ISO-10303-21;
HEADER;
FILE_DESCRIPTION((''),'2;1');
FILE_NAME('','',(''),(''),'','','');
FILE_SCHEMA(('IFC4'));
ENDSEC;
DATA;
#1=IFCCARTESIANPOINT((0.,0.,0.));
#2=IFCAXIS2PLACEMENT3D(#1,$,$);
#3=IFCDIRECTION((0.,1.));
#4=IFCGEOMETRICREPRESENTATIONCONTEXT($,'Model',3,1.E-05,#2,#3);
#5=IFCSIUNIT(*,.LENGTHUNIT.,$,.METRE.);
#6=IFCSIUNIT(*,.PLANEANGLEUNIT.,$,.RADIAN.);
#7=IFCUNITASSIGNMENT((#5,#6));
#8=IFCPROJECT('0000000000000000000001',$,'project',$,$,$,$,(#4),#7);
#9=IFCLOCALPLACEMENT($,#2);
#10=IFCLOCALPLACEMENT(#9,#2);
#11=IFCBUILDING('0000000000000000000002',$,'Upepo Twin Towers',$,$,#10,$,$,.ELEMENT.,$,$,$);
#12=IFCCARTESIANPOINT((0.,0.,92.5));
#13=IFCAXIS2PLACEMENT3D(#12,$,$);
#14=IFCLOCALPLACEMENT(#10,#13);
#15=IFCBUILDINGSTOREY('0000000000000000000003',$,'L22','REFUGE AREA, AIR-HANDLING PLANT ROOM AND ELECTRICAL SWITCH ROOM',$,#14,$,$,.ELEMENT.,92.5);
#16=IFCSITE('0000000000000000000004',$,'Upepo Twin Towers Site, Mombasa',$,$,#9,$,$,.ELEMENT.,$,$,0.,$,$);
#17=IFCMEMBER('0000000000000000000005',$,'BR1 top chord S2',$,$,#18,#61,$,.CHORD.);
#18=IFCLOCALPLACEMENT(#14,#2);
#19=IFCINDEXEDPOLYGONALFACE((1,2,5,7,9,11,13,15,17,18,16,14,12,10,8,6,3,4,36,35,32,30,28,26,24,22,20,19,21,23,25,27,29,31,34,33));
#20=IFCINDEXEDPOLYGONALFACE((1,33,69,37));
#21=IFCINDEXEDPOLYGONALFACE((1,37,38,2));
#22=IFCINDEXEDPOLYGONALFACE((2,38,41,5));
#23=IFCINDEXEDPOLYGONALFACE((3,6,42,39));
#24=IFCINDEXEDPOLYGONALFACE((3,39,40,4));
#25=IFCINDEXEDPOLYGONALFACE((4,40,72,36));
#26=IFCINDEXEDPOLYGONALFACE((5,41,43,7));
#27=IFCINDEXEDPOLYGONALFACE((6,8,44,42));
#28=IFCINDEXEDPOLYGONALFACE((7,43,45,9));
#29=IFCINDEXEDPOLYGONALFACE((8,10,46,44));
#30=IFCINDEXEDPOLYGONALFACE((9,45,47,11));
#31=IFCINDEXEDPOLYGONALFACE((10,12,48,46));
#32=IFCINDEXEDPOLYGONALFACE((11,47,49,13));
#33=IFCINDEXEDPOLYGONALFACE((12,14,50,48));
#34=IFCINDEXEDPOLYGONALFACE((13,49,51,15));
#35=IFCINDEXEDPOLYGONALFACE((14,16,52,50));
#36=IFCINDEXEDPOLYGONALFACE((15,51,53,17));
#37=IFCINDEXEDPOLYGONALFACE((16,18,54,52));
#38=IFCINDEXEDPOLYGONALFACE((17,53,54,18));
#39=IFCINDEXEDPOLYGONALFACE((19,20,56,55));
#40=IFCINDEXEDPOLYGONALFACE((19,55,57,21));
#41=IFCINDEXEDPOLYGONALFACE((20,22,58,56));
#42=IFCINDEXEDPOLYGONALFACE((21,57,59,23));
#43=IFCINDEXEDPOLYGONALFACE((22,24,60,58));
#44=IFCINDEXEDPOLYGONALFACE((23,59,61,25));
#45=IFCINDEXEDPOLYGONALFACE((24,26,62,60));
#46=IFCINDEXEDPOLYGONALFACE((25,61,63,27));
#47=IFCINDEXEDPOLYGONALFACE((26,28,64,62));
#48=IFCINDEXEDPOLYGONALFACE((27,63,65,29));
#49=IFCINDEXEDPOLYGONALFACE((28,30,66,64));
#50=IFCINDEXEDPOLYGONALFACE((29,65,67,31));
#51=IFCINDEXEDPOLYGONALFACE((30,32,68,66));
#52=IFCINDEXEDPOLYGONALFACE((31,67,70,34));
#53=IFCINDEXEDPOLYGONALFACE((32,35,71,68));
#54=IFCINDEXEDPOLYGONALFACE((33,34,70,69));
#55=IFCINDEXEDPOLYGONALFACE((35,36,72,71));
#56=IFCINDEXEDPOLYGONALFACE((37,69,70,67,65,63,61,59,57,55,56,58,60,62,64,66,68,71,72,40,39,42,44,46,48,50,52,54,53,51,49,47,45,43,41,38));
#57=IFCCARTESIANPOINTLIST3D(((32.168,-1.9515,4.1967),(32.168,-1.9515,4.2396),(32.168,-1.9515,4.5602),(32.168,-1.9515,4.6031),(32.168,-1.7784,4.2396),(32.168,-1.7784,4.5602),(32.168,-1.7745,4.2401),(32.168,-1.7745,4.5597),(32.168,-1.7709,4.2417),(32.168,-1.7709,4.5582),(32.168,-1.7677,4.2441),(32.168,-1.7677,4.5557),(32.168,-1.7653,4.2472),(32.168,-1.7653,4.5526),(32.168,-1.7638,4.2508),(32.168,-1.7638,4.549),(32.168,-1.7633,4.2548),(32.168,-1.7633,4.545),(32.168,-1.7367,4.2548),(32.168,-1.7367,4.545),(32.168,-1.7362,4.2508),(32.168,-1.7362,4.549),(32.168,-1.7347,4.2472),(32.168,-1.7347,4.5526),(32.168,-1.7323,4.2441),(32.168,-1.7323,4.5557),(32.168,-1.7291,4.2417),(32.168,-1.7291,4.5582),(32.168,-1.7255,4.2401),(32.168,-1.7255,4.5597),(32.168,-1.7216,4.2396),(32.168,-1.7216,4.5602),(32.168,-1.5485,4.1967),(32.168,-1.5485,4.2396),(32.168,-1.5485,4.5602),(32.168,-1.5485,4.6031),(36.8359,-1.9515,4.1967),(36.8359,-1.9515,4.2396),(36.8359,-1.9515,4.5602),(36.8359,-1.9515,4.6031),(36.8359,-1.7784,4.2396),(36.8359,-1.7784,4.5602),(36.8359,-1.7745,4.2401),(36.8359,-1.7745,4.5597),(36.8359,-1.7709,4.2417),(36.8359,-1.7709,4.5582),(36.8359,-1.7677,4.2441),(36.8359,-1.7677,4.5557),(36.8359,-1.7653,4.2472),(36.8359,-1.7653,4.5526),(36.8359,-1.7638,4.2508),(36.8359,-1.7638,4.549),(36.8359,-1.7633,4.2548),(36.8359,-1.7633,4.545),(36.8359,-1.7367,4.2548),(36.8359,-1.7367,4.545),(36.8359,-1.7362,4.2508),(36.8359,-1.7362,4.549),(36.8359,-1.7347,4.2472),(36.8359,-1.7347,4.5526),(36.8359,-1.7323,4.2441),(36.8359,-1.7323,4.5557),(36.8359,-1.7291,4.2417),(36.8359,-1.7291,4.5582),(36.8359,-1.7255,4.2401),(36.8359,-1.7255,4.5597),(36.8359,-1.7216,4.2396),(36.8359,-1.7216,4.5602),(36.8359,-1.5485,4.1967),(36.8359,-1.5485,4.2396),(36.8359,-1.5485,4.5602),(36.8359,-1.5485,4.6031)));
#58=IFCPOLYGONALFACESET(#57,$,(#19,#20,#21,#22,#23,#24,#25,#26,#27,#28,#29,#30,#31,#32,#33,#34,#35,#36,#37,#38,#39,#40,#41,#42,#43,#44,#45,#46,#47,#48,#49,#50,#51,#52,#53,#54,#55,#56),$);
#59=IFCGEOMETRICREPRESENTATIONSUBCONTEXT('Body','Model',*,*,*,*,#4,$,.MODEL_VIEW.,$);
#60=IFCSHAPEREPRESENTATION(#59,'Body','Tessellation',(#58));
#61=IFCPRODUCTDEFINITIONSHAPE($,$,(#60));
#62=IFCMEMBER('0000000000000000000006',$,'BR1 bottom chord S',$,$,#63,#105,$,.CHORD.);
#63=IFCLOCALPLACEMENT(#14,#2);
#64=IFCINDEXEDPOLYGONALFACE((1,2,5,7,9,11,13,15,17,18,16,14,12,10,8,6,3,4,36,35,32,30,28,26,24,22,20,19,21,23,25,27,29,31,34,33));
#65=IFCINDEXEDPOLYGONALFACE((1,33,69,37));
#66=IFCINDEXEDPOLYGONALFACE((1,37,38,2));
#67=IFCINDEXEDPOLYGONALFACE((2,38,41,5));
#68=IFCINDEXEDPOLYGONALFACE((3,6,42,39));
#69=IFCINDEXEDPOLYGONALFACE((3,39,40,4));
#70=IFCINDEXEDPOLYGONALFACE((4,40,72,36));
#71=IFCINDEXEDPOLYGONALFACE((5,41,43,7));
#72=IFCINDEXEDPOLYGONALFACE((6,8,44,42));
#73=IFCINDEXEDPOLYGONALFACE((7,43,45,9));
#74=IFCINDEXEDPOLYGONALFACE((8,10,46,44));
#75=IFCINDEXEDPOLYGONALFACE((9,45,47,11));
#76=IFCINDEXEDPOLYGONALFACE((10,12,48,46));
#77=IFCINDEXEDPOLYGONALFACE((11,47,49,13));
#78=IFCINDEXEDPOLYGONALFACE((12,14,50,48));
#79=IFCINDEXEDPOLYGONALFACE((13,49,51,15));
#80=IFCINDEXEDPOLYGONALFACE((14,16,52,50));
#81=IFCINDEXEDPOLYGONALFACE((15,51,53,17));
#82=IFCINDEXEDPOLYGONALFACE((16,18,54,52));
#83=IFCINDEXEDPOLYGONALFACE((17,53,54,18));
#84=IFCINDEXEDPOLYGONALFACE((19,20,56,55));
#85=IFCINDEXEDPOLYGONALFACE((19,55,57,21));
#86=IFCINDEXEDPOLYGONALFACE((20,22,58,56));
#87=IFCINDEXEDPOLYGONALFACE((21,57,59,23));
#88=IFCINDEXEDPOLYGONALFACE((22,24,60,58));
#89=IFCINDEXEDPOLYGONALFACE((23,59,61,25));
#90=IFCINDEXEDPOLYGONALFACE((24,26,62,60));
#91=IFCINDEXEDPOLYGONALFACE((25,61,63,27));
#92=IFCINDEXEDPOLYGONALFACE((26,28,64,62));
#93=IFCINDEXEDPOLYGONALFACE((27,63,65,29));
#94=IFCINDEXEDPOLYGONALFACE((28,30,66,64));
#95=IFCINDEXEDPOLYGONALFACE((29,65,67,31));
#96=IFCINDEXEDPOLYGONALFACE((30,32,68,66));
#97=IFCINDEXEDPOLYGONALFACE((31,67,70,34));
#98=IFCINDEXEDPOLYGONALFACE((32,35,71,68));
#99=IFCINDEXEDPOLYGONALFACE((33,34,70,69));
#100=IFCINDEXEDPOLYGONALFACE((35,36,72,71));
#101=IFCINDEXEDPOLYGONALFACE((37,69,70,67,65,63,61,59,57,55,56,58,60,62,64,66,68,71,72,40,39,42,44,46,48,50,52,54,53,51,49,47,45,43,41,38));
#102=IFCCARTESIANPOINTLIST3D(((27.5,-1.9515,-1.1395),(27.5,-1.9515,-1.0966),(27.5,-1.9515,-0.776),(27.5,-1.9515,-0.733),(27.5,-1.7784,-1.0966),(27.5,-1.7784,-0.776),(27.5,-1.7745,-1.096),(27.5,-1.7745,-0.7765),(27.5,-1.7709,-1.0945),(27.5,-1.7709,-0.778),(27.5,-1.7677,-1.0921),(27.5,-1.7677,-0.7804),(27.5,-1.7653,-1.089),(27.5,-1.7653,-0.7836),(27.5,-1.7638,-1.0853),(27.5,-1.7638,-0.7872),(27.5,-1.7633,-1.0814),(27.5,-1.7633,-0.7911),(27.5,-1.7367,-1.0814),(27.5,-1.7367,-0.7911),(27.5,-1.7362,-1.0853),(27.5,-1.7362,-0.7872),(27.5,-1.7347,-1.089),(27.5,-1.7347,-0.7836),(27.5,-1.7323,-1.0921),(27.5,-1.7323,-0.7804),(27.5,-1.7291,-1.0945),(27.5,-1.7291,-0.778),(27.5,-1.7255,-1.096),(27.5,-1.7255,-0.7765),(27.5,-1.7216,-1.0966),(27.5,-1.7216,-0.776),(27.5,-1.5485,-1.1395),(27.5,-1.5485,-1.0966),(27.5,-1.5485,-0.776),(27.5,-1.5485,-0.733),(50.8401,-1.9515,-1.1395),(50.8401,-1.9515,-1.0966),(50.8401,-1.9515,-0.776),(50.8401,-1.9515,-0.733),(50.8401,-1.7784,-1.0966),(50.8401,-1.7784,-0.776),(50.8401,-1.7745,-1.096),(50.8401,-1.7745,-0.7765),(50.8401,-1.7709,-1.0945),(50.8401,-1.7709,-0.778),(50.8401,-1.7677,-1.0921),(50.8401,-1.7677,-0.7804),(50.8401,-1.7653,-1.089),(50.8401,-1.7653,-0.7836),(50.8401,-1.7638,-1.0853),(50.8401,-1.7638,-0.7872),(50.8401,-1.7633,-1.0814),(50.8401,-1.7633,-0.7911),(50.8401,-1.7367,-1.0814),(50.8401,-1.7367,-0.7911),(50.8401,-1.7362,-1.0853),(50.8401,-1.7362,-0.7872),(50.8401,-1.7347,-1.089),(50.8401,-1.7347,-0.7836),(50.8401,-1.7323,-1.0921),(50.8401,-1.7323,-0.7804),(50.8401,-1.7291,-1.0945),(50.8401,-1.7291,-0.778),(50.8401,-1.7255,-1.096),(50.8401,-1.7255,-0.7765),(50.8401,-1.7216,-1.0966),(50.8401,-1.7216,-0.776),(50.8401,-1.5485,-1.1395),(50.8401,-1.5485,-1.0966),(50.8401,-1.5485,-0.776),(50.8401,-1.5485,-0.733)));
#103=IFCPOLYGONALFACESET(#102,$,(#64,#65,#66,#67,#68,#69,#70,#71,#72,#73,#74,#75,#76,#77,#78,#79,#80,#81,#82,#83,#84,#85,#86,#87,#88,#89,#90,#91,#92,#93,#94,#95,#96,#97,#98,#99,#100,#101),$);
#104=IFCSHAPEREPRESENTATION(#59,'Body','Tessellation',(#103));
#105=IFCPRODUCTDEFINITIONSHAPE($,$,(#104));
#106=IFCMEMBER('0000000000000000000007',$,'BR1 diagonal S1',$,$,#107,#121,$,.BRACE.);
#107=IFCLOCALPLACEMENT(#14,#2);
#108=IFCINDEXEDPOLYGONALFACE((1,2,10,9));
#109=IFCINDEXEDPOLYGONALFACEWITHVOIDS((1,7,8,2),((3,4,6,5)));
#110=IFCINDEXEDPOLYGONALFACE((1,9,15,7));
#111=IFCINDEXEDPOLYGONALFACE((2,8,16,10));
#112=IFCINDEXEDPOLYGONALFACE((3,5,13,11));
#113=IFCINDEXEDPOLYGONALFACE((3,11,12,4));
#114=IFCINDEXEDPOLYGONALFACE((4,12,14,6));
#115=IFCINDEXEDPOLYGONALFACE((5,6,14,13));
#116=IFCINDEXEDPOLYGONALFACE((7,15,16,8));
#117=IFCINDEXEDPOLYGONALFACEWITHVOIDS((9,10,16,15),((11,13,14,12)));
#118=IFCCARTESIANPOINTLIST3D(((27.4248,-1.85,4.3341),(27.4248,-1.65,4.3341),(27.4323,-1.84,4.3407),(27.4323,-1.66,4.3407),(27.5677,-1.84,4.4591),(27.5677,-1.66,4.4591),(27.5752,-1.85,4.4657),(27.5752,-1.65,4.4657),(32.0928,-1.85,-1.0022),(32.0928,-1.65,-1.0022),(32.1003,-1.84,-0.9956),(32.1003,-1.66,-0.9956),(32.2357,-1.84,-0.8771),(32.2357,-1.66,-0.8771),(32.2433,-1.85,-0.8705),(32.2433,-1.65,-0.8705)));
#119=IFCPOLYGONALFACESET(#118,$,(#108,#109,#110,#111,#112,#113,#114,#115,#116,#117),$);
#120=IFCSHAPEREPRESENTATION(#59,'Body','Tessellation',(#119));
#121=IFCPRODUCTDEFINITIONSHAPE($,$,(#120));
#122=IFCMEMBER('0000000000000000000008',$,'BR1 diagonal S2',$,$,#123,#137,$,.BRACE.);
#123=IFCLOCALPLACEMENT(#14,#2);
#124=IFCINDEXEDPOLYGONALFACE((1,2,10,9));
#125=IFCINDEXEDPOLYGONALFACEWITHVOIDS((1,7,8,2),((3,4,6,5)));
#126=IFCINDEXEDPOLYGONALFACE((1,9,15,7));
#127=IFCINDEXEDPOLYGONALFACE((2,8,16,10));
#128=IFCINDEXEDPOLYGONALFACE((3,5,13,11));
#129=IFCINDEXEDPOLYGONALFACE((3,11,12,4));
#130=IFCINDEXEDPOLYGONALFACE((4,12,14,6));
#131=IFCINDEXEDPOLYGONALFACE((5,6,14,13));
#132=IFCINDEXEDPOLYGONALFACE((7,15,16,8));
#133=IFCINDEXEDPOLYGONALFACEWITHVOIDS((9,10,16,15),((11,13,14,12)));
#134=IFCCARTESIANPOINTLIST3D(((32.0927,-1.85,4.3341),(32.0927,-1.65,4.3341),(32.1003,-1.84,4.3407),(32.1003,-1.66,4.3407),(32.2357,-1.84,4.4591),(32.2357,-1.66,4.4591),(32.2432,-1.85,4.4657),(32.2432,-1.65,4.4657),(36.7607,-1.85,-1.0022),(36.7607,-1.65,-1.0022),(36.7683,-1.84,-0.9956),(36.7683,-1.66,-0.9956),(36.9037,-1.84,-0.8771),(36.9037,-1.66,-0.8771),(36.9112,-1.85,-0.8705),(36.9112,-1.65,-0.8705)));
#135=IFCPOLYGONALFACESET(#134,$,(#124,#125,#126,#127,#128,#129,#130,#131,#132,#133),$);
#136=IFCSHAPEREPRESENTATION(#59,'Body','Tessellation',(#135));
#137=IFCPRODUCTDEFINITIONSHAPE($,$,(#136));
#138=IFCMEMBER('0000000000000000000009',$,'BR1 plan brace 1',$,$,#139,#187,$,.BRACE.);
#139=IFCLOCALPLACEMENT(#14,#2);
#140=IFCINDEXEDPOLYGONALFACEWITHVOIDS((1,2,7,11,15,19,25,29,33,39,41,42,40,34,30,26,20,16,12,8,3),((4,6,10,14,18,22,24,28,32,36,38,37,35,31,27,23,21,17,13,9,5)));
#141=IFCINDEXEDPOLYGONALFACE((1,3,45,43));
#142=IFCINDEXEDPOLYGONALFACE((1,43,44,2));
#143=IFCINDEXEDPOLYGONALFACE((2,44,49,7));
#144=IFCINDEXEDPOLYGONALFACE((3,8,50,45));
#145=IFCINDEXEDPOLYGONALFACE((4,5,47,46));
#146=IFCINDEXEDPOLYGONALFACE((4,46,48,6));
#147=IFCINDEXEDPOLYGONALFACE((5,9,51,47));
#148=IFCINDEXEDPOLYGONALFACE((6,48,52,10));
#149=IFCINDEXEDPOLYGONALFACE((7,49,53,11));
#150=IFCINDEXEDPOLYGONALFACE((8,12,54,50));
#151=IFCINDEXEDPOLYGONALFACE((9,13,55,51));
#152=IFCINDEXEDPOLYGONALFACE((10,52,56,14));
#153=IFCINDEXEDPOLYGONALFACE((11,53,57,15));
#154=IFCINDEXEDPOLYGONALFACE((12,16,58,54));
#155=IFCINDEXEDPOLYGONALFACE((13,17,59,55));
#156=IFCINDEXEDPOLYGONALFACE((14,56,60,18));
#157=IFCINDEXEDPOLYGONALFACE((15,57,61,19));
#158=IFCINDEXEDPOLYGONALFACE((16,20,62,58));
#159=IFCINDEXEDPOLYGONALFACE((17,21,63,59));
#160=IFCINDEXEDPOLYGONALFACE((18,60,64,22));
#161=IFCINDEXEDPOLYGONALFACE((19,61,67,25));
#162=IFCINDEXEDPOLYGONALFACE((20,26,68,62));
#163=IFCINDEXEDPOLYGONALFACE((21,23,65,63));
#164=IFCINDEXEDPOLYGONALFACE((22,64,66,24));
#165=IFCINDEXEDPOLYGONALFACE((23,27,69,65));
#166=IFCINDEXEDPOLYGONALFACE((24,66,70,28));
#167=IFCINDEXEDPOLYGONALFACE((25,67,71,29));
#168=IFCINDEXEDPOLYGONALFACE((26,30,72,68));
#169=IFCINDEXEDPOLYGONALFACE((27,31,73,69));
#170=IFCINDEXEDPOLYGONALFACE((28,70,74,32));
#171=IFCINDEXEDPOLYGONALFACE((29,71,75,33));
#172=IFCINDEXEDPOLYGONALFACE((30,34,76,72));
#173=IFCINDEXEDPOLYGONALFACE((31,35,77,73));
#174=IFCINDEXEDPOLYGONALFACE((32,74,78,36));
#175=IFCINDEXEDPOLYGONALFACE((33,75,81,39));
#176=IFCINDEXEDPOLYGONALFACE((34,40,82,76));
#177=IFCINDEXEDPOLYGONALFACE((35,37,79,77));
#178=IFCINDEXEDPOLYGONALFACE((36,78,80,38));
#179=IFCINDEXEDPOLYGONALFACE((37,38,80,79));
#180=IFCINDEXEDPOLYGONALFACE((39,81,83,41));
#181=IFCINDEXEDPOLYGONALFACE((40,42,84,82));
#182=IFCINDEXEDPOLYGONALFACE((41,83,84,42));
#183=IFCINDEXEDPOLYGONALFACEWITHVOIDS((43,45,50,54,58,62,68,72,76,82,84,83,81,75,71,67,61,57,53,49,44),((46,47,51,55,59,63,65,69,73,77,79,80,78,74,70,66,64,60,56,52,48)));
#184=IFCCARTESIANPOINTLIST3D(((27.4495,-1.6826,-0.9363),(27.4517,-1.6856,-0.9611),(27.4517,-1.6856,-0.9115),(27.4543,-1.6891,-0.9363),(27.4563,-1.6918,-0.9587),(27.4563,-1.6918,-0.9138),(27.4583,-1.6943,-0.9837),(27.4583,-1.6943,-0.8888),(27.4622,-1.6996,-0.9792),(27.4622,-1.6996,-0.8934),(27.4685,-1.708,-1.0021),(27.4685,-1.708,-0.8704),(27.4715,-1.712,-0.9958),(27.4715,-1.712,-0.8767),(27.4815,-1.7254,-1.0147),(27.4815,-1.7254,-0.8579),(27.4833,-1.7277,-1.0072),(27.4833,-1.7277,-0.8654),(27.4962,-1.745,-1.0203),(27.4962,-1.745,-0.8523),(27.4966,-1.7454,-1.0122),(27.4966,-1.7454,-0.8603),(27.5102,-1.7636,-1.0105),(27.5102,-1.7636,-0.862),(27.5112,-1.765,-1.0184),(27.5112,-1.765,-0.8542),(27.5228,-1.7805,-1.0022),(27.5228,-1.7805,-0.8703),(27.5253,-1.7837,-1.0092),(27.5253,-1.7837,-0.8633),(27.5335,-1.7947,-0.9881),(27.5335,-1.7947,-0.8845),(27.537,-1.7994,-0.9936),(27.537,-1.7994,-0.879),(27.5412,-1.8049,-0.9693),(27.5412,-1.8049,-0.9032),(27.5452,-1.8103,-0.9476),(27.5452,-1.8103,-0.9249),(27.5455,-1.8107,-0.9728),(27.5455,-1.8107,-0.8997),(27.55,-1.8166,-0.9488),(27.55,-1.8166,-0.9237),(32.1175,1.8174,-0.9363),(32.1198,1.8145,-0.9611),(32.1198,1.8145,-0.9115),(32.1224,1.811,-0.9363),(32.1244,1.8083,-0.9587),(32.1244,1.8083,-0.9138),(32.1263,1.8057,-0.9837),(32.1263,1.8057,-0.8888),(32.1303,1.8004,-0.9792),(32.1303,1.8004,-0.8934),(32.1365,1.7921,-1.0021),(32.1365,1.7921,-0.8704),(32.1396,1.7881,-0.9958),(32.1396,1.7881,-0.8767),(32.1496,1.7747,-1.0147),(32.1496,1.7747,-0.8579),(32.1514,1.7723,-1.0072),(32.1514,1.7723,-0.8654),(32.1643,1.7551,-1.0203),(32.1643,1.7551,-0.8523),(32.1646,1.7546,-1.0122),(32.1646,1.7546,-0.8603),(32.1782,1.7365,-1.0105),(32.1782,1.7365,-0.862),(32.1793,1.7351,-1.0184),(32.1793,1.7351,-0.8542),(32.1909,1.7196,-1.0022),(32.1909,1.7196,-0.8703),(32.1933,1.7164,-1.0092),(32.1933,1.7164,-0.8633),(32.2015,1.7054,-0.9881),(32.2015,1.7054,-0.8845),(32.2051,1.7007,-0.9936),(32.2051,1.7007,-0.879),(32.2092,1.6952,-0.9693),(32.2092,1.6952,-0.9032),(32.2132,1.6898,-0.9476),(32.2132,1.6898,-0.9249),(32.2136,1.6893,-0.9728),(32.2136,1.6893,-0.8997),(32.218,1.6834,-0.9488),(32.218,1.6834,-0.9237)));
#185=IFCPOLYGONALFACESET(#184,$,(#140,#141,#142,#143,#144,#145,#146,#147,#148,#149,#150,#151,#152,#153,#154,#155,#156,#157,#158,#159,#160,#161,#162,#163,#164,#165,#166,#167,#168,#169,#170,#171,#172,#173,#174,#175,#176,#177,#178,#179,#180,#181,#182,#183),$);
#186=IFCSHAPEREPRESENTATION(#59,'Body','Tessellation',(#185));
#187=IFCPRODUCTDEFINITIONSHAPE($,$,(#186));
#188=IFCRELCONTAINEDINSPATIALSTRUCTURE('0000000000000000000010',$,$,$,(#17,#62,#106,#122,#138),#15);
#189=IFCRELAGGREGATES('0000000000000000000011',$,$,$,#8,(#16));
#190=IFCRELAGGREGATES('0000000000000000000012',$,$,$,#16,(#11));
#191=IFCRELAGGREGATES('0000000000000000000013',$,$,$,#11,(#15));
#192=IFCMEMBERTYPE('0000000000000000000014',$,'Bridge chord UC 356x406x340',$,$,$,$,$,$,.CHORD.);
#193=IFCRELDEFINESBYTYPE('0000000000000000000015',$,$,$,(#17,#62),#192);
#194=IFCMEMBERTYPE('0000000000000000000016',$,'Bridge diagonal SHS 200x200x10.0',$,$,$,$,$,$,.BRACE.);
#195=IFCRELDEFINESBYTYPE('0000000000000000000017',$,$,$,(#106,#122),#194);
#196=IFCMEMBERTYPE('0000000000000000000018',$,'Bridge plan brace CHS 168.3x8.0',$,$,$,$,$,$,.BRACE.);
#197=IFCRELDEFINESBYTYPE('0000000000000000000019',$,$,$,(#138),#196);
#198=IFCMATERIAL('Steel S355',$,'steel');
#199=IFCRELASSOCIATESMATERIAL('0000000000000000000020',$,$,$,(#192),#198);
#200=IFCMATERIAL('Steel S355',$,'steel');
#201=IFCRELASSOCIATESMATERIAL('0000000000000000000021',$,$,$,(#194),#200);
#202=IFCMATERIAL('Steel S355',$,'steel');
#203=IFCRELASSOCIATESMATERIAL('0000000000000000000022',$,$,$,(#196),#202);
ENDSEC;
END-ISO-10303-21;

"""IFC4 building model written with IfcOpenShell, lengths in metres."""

from ifc_helpers import new_model, si_unit, direction, frame, origin, origin_2d, place, context, subcontext, project, spatial, hollow_rectangle, hollow_circle, i_section, extrude, material, material_profile, profile_set, type_object, element, save


model = new_model("IFC4")

# Units and contexts
model_context = context("Model", 3, precision=1e-05, world=origin(), true_north=direction((0.0, 1.0)))
body_context = subcontext(model_context, "Body", "Model", "MODEL_VIEW")
ifc_project = project(units=[si_unit("LENGTHUNIT", "METRE"), si_unit("PLANEANGLEUNIT", "RADIAN")], contexts=[model_context])

# Site, building, storey
site_placement = place(None, origin())
site = spatial("IfcSite", under=ifc_project, at=site_placement, Name="Upepo Twin Towers Site, Mombasa", CompositionType="ELEMENT", RefElevation=0.0)
building_placement = place(site_placement, origin())
building = spatial("IfcBuilding", under=site, at=building_placement, Name="Upepo Twin Towers", CompositionType="ELEMENT")
storey_placement = place(building_placement, frame((0.0, 0.0, 92.5)))
storey = spatial("IfcBuildingStorey", under=building, at=storey_placement, Name="L22", Description="REFUGE AREA, AIR-HANDLING PLANT ROOM AND ELECTRICAL SWITCH ROOM", CompositionType="ELEMENT", Elevation=92.5)

# Members
ifc_material_1 = material(Name="Steel S355", Category="steel")
ifc_material_profile_1 = material_profile(ifc_material_1, i_section(OverallWidth=0.4031, OverallDepth=0.4065, WebThickness=0.0266, FlangeThickness=0.043, FilletRadius=0.0151, at=origin_2d()), Name="UC 356x406x340")
ifc_profile_set_1 = profile_set([ifc_material_profile_1], Name="Steel S355")
member_type_1 = type_object("IfcMemberType", Name="Bridge chord UC 356x406x340", PredefinedType="CHORD", material=ifc_profile_set_1)
for number, where, z_axis, x_axis, name in (
    (1, (32.168, -1.75, 4.3999), (1.0, 0.0, 0.0), (0.0, 1.0, 0.0), "BR1 top chord S2"),
):
    element("IfcMember", number, at=place(storey_placement, frame(where, z_axis=z_axis, x_axis=x_axis)), inside=storey, type_object=member_type_1, Name=name, PredefinedType="CHORD", context=body_context, shape_type="SweptSolid", body=[
        extrude(i_section(OverallWidth=0.4031, OverallDepth=0.4065, WebThickness=0.0266, FlangeThickness=0.043, FilletRadius=0.0151, at=origin_2d()), origin(), (0.0, 0.0, 1.0), 4.668),
    ])
member_1_placement = place(storey_placement, frame((27.5, -1.75, -0.9363), z_axis=(1.0, 0.0, 0.0), x_axis=(0.0, 1.0, 0.0)))
element("IfcMember", 2, at=member_1_placement, inside=storey, type_object=member_type_1, Name="BR1 bottom chord S", PredefinedType="CHORD", context=body_context, shape_type="SweptSolid", body=[
    extrude(i_section(OverallWidth=0.4031, OverallDepth=0.4065, WebThickness=0.0266, FlangeThickness=0.043, FilletRadius=0.0151, at=origin_2d()), origin(), (0.0, 0.0, 1.0), 23.3401),
])
ifc_material_2 = material(Name="Steel S355", Category="steel")
ifc_material_profile_2 = material_profile(ifc_material_2, hollow_rectangle(XDim=0.2, YDim=0.2, WallThickness=0.01, at=origin_2d()), Name="SHS 200x200x10.0")
ifc_profile_set_2 = profile_set([ifc_material_profile_2], Name="Steel S355")
member_type_2 = type_object("IfcMemberType", Name="Bridge diagonal SHS 200x200x10.0", PredefinedType="BRACE", material=ifc_profile_set_2)
for number, where, z_axis, x_axis, name in (
    (3, (27.5, -1.75, 4.3999), (0.65841, 0.0, -0.75266), (0.0, 1.0, 0.0), "BR1 diagonal S1"),
    (4, (32.168, -1.75, 4.3999), (0.65841, 0.0, -0.75266), (0.0, 1.0, 0.0), "BR1 diagonal S2"),
):
    element("IfcMember", number, at=place(storey_placement, frame(where, z_axis=z_axis, x_axis=x_axis)), inside=storey, type_object=member_type_2, Name=name, PredefinedType="BRACE", context=body_context, shape_type="SweptSolid", body=[
        extrude(hollow_rectangle(XDim=0.2, YDim=0.2, WallThickness=0.01, at=origin_2d()), origin(), (0.0, 0.0, 1.0), 7.0898),
    ])
ifc_material_3 = material(Name="Steel S355", Category="steel")
ifc_material_profile_3 = material_profile(ifc_material_3, hollow_circle(Radius=0.0842, WallThickness=0.0081, at=origin_2d()), Name="CHS 168.3x8.0")
ifc_profile_set_3 = profile_set([ifc_material_profile_3], Name="Steel S355")
member_type_3 = type_object("IfcMemberType", Name="Bridge plan brace CHS 168.3x8.0", PredefinedType="BRACE", material=ifc_profile_set_3)
member_2_placement = place(storey_placement, frame((27.5, -1.75, -0.9363), z_axis=(0.80008, 0.599893, 0.0), x_axis=(-0.599893, 0.80008, 0.0)))
element("IfcMember", 5, at=member_2_placement, inside=storey, type_object=member_type_3, Name="BR1 plan brace 1", PredefinedType="BRACE", context=body_context, shape_type="SweptSolid", body=[
    extrude(hollow_circle(Radius=0.0842, WallThickness=0.0081, at=origin_2d()), origin(), (0.0, 0.0, 1.0), 5.8345),
])

save(model, "model.ifc")
